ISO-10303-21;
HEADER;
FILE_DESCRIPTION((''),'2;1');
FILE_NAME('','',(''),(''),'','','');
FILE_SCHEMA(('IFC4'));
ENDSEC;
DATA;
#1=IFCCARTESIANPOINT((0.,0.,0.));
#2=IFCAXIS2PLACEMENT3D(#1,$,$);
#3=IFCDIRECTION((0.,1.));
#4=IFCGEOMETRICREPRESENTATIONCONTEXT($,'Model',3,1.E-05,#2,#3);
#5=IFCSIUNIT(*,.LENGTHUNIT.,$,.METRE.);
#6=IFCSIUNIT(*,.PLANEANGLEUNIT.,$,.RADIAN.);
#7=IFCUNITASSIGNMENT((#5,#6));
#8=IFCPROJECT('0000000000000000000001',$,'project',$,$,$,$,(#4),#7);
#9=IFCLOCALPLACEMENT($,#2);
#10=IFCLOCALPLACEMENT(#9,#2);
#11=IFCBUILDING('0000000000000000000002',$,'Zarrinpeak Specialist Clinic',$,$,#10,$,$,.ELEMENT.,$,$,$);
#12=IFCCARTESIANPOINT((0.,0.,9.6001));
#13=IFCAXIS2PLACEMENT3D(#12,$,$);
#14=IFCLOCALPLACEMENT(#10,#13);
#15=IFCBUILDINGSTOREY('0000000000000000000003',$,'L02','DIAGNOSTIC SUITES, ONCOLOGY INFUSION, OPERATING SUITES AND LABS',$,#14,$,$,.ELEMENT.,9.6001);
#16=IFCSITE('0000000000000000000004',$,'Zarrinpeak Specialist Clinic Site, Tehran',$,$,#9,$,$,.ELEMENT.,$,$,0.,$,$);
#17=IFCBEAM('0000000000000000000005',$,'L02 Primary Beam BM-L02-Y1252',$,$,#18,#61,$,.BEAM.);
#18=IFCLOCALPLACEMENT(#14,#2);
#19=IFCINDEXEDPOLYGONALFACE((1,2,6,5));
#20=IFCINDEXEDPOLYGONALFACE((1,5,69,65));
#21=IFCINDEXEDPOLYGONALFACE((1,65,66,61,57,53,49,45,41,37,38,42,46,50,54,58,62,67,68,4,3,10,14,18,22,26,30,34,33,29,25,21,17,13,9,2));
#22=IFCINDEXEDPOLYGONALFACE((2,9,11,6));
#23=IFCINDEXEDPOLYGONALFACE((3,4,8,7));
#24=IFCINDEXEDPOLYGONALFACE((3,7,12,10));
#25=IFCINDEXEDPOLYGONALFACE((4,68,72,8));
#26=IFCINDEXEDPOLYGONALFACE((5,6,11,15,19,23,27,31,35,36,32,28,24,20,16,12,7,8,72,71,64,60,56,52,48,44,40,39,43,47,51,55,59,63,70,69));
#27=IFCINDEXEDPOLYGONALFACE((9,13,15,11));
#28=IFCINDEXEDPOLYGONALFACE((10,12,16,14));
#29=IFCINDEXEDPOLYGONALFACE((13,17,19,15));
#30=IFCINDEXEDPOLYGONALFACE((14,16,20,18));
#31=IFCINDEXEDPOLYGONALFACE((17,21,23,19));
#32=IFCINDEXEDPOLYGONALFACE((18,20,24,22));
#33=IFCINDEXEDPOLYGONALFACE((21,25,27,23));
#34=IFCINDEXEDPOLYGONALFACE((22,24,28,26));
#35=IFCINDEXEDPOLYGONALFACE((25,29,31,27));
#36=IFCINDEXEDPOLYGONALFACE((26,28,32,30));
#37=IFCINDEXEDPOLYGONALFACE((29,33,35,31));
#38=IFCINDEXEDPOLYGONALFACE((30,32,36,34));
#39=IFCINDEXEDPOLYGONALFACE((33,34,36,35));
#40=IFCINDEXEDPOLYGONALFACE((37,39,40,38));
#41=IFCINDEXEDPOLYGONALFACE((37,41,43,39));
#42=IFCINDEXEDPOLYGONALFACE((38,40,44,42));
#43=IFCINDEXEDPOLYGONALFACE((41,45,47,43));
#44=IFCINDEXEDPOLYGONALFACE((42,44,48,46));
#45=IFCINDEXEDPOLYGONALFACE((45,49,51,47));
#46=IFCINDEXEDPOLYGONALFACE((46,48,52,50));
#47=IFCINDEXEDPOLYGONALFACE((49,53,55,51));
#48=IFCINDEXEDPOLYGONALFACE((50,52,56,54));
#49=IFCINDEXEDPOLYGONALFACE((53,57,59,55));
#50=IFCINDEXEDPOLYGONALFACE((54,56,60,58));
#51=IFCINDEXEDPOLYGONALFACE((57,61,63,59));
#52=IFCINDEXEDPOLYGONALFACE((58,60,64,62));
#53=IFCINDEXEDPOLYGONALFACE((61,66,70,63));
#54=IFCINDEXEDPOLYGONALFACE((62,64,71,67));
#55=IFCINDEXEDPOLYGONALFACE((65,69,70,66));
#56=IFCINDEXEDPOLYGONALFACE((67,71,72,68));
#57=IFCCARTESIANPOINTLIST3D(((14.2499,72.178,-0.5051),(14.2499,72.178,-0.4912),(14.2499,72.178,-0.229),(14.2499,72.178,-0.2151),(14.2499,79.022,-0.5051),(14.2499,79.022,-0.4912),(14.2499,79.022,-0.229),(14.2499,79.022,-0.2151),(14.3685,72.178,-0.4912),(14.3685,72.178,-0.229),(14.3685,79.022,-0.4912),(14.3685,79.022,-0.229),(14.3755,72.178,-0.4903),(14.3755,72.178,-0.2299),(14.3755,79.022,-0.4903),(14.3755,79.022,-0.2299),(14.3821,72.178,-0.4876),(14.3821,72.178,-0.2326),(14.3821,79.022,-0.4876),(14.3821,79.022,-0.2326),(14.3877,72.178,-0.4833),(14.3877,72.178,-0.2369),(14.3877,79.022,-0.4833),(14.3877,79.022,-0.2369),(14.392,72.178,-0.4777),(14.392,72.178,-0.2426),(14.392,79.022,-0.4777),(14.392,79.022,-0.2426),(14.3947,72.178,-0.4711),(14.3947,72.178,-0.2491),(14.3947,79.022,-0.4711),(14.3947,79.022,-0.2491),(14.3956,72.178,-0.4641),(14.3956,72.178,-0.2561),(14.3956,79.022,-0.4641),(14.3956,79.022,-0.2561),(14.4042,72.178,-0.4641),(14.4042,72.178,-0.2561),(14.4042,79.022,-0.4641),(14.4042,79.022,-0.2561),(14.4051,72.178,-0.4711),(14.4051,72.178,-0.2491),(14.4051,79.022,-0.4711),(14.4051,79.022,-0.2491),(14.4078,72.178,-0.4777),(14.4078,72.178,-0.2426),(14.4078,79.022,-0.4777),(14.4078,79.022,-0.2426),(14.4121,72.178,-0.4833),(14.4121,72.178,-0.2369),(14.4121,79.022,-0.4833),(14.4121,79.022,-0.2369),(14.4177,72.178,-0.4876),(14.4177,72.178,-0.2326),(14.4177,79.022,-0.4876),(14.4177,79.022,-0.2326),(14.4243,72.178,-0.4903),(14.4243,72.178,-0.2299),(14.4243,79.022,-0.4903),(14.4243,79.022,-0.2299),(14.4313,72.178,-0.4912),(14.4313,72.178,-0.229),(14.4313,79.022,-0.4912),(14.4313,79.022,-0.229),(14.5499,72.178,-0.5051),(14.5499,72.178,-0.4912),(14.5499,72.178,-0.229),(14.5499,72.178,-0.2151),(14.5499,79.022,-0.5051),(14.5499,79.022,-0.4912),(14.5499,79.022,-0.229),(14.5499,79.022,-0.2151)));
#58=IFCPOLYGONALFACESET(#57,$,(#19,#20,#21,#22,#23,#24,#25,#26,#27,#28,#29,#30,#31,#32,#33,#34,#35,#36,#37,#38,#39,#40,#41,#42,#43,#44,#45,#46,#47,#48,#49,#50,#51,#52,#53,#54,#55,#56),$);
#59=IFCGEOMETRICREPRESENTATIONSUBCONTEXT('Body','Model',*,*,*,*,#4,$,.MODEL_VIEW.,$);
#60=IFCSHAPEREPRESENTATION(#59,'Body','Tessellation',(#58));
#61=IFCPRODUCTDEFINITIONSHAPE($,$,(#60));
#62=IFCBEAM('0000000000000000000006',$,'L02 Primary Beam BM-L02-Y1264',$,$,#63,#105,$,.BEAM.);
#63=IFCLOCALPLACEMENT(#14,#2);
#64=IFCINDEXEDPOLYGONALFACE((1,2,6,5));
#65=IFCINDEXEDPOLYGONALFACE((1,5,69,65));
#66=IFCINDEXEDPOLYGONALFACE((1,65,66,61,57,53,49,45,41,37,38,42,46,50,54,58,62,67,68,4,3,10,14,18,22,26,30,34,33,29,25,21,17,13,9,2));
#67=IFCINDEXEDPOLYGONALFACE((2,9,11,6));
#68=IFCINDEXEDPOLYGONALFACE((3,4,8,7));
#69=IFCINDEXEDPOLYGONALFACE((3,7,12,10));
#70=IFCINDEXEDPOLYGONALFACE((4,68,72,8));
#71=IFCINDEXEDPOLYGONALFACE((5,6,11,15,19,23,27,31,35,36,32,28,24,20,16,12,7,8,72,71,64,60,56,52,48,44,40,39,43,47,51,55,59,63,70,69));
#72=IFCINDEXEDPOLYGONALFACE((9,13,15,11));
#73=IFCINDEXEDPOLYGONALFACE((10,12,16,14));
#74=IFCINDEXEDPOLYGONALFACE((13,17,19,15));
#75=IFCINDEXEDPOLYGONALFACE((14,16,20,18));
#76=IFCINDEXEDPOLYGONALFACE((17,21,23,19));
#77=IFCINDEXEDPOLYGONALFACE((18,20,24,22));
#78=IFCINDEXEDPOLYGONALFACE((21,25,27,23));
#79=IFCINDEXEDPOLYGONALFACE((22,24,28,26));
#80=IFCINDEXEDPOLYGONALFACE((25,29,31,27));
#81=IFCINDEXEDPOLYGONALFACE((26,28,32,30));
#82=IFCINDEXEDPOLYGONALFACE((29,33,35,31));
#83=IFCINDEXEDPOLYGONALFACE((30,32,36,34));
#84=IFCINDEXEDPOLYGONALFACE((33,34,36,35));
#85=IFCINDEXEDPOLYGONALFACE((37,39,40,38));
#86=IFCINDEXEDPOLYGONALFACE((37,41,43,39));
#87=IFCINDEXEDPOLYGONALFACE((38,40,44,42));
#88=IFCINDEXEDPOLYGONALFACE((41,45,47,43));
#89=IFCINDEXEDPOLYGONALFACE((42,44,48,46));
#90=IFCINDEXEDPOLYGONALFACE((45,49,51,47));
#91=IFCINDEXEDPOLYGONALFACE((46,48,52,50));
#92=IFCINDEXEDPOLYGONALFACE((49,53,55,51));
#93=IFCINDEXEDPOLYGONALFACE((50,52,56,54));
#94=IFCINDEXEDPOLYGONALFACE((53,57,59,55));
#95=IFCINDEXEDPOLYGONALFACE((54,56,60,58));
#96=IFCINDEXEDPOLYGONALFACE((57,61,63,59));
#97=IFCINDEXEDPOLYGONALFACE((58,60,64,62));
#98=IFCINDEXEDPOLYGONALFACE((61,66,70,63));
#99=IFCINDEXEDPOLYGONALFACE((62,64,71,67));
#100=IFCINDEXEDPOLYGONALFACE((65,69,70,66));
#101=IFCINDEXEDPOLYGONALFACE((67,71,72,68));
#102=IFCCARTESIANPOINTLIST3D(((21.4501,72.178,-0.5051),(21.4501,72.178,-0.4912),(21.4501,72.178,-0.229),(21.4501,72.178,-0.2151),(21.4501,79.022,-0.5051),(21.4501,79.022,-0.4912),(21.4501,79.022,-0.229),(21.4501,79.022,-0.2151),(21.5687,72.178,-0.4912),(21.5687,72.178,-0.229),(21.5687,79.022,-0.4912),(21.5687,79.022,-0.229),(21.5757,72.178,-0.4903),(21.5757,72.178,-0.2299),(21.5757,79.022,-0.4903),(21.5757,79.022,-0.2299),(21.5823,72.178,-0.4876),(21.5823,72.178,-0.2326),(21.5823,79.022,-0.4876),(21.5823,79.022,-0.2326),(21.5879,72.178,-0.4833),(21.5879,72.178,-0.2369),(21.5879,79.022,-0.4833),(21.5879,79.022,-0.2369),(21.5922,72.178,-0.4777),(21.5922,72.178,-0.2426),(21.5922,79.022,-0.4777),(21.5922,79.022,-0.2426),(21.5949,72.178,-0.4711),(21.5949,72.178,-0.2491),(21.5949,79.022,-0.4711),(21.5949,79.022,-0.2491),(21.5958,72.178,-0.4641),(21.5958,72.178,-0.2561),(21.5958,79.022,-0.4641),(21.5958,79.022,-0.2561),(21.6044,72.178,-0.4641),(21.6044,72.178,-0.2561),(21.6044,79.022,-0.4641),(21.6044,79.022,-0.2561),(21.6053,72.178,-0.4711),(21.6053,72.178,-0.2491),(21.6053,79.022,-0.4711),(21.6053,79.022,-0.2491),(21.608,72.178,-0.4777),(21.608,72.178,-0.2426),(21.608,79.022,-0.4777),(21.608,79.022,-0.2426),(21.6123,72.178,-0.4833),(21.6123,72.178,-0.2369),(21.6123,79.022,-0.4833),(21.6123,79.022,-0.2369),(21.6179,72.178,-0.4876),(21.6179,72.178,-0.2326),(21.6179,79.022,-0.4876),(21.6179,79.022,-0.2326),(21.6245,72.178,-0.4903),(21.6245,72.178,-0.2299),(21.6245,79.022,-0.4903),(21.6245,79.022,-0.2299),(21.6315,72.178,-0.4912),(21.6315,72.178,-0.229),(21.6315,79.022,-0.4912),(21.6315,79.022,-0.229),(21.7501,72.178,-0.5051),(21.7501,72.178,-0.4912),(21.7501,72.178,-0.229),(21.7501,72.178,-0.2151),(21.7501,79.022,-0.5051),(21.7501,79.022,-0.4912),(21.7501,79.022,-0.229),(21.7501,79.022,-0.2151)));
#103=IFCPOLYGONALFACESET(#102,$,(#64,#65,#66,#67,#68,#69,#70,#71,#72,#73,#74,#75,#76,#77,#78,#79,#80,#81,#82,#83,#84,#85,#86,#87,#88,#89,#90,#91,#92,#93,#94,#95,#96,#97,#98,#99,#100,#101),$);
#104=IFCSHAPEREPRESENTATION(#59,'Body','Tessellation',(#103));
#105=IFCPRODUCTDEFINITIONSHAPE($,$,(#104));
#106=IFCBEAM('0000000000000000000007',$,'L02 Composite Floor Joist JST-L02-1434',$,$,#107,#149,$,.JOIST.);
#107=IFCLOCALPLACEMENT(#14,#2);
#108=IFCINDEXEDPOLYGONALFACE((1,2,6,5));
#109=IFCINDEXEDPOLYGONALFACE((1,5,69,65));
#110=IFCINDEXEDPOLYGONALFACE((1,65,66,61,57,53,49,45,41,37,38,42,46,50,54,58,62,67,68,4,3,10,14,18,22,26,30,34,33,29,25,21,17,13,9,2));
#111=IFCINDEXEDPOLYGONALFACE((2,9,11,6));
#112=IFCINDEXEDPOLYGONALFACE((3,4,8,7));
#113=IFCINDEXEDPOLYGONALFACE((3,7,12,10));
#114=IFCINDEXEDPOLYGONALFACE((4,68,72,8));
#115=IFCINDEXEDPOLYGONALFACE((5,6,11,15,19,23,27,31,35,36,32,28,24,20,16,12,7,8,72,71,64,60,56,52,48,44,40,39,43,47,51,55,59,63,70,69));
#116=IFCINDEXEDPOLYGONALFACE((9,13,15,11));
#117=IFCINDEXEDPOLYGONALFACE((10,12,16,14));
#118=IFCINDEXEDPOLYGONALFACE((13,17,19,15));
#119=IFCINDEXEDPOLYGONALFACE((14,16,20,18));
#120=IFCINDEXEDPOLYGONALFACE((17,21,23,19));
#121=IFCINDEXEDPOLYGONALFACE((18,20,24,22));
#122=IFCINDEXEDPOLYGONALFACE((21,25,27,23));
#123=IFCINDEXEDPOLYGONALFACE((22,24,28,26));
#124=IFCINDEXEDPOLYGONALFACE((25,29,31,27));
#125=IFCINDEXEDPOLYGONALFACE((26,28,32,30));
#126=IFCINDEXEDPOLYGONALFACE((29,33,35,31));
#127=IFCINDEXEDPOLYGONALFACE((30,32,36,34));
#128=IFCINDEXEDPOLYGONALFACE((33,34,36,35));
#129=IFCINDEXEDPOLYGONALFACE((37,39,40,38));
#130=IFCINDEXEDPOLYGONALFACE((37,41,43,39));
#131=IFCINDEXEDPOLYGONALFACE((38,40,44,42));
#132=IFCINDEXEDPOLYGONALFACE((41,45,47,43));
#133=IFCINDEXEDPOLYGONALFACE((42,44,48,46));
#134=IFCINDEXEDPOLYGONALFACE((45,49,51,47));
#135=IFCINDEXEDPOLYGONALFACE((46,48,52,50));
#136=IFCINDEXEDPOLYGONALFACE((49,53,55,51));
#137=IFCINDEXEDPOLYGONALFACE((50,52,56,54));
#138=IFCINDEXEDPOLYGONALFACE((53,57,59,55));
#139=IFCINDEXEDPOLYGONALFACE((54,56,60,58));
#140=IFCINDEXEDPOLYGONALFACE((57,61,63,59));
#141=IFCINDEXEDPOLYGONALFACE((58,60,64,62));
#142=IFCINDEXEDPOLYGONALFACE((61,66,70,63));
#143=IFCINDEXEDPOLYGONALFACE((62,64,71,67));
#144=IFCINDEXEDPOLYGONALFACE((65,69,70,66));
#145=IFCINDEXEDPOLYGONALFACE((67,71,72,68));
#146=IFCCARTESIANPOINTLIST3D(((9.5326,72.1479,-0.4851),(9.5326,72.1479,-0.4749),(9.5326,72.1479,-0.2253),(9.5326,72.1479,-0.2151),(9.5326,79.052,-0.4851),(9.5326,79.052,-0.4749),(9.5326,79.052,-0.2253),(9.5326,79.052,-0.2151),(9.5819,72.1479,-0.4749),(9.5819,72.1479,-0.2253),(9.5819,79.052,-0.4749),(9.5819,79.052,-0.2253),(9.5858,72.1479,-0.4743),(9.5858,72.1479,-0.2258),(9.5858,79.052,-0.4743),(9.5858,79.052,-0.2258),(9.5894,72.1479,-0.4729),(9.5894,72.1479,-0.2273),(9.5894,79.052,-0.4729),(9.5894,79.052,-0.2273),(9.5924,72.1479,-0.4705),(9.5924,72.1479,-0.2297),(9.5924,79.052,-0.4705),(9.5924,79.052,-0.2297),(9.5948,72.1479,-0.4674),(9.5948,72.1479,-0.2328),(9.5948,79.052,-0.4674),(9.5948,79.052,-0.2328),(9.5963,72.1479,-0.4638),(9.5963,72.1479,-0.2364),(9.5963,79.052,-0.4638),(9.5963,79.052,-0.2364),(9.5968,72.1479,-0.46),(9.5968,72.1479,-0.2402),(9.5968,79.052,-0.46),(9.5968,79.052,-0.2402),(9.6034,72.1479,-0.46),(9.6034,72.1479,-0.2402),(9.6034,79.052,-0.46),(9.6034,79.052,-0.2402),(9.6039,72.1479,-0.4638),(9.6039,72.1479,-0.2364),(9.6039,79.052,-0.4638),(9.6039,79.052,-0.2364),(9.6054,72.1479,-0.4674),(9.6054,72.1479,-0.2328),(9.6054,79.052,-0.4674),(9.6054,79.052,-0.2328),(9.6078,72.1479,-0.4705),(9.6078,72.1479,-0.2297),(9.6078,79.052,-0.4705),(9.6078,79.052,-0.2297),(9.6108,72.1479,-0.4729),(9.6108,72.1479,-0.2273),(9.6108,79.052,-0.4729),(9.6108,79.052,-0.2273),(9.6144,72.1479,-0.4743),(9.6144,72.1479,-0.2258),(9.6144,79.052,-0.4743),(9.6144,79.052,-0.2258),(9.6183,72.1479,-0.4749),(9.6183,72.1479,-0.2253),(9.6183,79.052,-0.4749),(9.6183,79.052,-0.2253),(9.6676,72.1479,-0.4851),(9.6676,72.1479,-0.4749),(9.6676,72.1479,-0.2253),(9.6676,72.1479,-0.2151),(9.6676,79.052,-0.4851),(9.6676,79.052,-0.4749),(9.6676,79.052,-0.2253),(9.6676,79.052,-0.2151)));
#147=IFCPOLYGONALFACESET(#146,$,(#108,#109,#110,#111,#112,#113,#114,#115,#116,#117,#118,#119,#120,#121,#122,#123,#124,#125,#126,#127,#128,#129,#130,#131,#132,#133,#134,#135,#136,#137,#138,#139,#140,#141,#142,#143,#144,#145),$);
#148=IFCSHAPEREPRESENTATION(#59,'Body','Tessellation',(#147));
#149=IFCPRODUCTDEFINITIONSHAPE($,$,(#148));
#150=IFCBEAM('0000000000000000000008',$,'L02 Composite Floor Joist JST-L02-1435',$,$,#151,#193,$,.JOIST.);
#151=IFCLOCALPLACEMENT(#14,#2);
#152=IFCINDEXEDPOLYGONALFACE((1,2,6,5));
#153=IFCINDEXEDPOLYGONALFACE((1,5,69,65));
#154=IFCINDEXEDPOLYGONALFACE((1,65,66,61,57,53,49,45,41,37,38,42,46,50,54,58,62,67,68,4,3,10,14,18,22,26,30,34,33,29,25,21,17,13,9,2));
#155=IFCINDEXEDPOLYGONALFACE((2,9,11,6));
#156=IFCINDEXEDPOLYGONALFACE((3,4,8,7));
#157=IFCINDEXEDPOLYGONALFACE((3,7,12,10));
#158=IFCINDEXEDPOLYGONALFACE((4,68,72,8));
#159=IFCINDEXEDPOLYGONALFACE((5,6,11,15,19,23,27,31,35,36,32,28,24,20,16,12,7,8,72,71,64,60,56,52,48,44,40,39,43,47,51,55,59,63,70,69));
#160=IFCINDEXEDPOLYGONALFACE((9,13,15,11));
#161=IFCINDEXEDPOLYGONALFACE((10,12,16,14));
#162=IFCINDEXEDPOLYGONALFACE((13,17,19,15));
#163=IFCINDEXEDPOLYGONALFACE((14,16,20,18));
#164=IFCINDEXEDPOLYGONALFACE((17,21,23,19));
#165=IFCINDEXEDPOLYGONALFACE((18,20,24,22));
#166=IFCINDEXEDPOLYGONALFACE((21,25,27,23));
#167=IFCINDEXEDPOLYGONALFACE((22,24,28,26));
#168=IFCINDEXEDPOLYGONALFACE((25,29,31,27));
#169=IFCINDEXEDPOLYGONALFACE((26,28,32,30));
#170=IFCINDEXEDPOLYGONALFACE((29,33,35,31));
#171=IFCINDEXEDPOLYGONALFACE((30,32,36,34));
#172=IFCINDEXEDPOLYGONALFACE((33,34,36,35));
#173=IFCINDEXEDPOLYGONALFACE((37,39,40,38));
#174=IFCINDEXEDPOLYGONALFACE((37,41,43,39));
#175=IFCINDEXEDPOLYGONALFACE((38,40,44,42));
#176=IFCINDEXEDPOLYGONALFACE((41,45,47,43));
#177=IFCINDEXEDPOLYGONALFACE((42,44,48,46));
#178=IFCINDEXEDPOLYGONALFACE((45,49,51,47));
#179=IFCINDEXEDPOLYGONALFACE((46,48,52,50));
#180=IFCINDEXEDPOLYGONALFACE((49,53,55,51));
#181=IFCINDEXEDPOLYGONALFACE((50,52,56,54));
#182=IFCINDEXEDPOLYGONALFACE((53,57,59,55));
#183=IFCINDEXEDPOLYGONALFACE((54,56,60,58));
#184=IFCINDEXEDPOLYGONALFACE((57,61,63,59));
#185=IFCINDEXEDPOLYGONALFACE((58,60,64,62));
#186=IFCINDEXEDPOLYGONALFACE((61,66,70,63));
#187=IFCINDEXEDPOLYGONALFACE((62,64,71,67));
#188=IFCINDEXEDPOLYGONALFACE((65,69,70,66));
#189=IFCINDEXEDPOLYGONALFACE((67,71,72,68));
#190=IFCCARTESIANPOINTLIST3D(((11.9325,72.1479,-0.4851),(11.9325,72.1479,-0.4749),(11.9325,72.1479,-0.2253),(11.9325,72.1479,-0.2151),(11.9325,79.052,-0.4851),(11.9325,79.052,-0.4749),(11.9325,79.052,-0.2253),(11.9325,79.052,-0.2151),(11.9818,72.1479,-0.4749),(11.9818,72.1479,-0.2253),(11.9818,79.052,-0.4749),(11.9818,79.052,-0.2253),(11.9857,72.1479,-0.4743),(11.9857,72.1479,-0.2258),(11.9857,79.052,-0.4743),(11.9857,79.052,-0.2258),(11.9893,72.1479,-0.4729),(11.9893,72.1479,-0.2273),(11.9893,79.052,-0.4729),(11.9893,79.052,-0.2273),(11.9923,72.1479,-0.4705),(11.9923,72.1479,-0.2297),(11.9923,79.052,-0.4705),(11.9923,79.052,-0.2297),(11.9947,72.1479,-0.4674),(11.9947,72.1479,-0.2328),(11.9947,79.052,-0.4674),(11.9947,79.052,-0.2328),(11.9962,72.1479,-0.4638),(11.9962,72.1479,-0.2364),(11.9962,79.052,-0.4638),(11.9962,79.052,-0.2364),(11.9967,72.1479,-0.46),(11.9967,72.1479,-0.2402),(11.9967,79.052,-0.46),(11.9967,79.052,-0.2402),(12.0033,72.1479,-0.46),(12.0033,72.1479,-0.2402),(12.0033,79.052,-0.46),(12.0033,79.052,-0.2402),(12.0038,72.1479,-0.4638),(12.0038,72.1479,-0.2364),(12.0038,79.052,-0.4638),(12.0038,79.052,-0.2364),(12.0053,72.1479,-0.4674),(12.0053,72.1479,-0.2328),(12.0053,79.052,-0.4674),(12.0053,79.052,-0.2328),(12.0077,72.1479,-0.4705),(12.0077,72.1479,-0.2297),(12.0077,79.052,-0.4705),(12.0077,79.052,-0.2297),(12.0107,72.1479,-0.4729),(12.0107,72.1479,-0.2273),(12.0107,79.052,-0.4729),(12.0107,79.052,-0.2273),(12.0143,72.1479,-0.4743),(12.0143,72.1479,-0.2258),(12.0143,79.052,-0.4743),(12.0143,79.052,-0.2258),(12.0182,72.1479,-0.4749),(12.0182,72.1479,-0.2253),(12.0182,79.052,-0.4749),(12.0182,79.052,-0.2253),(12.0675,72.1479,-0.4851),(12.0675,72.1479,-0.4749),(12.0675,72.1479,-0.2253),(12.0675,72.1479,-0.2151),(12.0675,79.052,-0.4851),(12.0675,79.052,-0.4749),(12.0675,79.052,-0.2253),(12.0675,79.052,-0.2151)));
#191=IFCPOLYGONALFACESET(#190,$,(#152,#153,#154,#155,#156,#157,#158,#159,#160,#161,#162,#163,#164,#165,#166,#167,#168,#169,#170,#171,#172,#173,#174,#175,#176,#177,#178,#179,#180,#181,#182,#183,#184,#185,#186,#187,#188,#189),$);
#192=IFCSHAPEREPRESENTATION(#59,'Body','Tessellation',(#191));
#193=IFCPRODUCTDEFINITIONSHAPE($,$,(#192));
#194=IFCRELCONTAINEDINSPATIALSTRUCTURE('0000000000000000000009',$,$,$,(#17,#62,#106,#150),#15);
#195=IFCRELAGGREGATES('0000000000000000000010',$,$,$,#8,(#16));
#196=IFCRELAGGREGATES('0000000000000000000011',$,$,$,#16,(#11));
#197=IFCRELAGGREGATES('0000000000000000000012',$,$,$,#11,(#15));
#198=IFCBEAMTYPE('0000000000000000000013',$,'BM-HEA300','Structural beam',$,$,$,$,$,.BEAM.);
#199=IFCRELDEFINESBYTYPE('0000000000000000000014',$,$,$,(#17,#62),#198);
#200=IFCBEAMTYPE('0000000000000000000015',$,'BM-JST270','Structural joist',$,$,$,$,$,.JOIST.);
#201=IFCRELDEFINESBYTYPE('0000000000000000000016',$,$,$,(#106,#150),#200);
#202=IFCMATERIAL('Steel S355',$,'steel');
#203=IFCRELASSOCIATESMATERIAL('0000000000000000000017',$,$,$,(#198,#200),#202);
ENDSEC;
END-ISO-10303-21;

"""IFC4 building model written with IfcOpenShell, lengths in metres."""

from ifc_helpers import new_model, si_unit, direction, frame, origin, origin_2d, place, context, subcontext, project, spatial, i_section, extrude, material, material_profile, profile_set, type_object, element, save


model = new_model("IFC4")

# Units and contexts
model_context = context("Model", 3, precision=1e-05, world=origin(), true_north=direction((0.0, 1.0)))
body_context = subcontext(model_context, "Body", "Model", "MODEL_VIEW")
ifc_project = project(units=[si_unit("LENGTHUNIT", "METRE"), si_unit("PLANEANGLEUNIT", "RADIAN")], contexts=[model_context])

# Site, building, storey
site_placement = place(None, origin())
site = spatial("IfcSite", under=ifc_project, at=site_placement, Name="Zarrinpeak Specialist Clinic Site, Tehran", CompositionType="ELEMENT", RefElevation=0.0)
building_placement = place(site_placement, origin())
building = spatial("IfcBuilding", under=site, at=building_placement, Name="Zarrinpeak Specialist Clinic", CompositionType="ELEMENT")
storey_placement = place(building_placement, frame((0.0, 0.0, 9.6001)))
storey = spatial("IfcBuildingStorey", under=building, at=storey_placement, Name="L02", Description="DIAGNOSTIC SUITES, ONCOLOGY INFUSION, OPERATING SUITES AND LABS", CompositionType="ELEMENT", Elevation=9.6001)

# Shared definitions
ifc_material_1 = material(Name="Steel S355", Category="steel")

# Beams
ifc_material_profile_1 = material_profile(ifc_material_1, i_section(OverallWidth=0.3, OverallDepth=0.29, WebThickness=0.0085, FlangeThickness=0.0139, FilletRadius=0.0271, at=origin_2d()), Name="HEA 300")
ifc_profile_set_1 = profile_set([ifc_material_profile_1], Name="Steel S355")
beam_type_1 = type_object("IfcBeamType", Name="BM-HEA300", Description="Structural beam", PredefinedType="BEAM", material=ifc_profile_set_1)
for number, where, z_axis, x_axis, name in (
    (1, (14.3999, 72.178, -0.3601), (0.0, 1.0, 0.0), (-1.0, 0.0, 0.0), "L02 Primary Beam BM-L02-Y1252"),
    (2, (21.6001, 72.178, -0.3601), (0.0, 1.0, 0.0), (-1.0, 0.0, 0.0), "L02 Primary Beam BM-L02-Y1264"),
):
    element("IfcBeam", number, at=place(storey_placement, frame(where, z_axis=z_axis, x_axis=x_axis)), inside=storey, type_object=beam_type_1, Name=name, PredefinedType="BEAM", context=body_context, shape_type="SweptSolid", body=[
        extrude(i_section(OverallWidth=0.3, OverallDepth=0.29, WebThickness=0.0085, FlangeThickness=0.0139, FilletRadius=0.0271, at=origin_2d()), origin(), (0.0, 0.0, 1.0), 6.844),
    ])
ifc_material_profile_2 = material_profile(ifc_material_1, i_section(OverallWidth=0.135, OverallDepth=0.27, WebThickness=0.0066, FlangeThickness=0.0103, FilletRadius=0.0149, at=origin_2d()), Name="IPE 270")
ifc_profile_set_2 = profile_set([ifc_material_profile_2], Name="Steel S355")
beam_type_2 = type_object("IfcBeamType", Name="BM-JST270", Description="Structural joist", PredefinedType="JOIST", material=ifc_profile_set_2)
for number, where, z_axis, x_axis, name in (
    (3, (9.6001, 72.1479, -0.3501), (0.0, 1.0, 0.0), (-1.0, 0.0, 0.0), "L02 Composite Floor Joist JST-L02-1434"),
    (4, (12.0, 72.1479, -0.3501), (0.0, 1.0, 0.0), (-1.0, 0.0, 0.0), "L02 Composite Floor Joist JST-L02-1435"),
):
    element("IfcBeam", number, at=place(storey_placement, frame(where, z_axis=z_axis, x_axis=x_axis)), inside=storey, type_object=beam_type_2, Name=name, PredefinedType="JOIST", context=body_context, shape_type="SweptSolid", body=[
        extrude(i_section(OverallWidth=0.135, OverallDepth=0.27, WebThickness=0.0066, FlangeThickness=0.0103, FilletRadius=0.0149, at=origin_2d()), origin(), (0.0, 0.0, 1.0), 6.9041),
    ])

save(model, "model.ifc")
